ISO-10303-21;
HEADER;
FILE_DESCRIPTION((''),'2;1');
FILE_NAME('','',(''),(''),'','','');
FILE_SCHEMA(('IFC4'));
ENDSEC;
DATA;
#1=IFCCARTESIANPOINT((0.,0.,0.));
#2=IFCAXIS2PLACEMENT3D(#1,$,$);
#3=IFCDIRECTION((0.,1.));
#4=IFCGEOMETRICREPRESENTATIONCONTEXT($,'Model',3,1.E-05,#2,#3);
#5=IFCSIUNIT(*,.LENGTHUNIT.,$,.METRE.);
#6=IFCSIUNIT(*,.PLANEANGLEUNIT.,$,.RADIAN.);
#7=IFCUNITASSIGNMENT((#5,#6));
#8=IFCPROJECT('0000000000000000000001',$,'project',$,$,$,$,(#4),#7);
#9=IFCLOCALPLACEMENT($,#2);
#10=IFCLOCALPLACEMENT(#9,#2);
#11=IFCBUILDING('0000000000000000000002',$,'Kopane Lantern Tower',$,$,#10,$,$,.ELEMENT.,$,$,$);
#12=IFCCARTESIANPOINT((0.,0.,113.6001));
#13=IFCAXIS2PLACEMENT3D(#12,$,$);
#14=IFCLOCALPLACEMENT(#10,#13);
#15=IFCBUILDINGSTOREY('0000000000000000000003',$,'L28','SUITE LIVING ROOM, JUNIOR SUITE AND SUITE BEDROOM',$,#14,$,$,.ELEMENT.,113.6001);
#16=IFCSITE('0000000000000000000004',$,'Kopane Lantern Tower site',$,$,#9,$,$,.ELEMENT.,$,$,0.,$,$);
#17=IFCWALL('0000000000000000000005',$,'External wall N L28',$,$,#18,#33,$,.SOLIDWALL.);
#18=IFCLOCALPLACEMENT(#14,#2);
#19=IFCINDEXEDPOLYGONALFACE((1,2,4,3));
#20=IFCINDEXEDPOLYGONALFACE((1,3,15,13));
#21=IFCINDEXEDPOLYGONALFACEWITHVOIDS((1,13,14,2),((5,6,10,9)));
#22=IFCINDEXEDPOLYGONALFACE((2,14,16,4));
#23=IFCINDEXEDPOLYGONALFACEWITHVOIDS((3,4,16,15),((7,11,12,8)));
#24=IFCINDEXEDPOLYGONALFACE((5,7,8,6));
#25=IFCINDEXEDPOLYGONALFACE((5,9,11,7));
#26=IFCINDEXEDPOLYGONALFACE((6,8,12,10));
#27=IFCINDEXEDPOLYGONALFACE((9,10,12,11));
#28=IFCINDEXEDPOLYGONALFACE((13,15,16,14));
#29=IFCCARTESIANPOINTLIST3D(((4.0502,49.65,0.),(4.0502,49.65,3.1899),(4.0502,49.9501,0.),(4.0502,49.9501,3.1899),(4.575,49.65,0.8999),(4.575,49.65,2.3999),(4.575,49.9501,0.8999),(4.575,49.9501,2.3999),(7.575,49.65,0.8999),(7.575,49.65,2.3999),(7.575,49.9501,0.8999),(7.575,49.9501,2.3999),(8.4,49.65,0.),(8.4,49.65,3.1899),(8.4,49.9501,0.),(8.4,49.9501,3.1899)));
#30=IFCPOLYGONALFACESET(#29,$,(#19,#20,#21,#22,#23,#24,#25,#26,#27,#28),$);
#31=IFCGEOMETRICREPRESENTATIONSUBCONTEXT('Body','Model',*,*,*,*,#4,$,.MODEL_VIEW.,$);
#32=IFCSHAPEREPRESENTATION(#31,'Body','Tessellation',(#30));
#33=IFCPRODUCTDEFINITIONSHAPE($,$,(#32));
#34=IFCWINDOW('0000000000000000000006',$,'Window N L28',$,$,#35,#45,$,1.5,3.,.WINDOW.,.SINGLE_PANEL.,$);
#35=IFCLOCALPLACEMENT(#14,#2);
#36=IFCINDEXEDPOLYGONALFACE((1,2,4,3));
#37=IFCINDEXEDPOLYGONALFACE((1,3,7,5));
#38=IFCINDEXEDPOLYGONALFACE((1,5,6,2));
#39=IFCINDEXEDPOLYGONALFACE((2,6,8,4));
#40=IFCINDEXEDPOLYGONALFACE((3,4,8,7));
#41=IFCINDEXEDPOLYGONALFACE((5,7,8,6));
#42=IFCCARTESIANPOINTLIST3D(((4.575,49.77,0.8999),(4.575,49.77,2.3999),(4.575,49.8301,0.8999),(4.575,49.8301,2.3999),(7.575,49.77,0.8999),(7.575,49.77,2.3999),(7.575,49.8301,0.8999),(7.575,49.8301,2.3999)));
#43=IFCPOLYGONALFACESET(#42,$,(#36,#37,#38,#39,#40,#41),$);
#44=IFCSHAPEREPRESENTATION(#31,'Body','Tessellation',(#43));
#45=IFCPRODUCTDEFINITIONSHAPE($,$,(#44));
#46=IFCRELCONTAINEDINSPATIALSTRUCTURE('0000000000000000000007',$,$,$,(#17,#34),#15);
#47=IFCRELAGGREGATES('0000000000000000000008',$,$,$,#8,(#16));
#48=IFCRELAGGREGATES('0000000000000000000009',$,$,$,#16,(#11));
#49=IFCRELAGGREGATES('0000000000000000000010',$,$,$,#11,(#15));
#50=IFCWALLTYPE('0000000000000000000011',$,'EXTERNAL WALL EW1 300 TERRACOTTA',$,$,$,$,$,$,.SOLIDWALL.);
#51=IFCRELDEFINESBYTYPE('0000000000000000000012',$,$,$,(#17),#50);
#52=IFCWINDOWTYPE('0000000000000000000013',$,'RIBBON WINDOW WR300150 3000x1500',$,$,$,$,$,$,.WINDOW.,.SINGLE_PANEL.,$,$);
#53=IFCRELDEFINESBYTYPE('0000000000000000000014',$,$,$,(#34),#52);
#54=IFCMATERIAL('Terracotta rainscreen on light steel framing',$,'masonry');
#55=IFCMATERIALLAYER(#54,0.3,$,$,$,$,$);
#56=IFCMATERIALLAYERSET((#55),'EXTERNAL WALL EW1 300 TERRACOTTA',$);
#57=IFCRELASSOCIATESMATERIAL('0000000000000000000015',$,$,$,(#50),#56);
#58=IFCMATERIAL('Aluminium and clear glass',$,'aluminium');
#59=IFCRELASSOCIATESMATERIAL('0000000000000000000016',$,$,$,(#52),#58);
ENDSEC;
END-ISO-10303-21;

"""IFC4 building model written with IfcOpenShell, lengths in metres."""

from ifc_helpers import new_model, si_unit, direction, frame, frame_2d, origin, place, context, subcontext, project, spatial, rectangle, extrude, material, layer, layer_set, type_object, element, fill, save


model = new_model("IFC4")

# Units and contexts
model_context = context("Model", 3, precision=1e-05, world=origin(), true_north=direction((0.0, 1.0)))
body_context = subcontext(model_context, "Body", "Model", "MODEL_VIEW")
ifc_project = project(units=[si_unit("LENGTHUNIT", "METRE"), si_unit("PLANEANGLEUNIT", "RADIAN")], contexts=[model_context])

# Site, building, storey
site_placement = place(None, origin())
site = spatial("IfcSite", under=ifc_project, at=site_placement, Name="Kopane Lantern Tower site", CompositionType="ELEMENT", RefElevation=0.0)
building_placement = place(site_placement, origin())
building = spatial("IfcBuilding", under=site, at=building_placement, Name="Kopane Lantern Tower", CompositionType="ELEMENT")
storey_placement = place(building_placement, frame((0.0, 0.0, 113.6001)))
storey = spatial("IfcBuildingStorey", under=building, at=storey_placement, Name="L28", Description="SUITE LIVING ROOM, JUNIOR SUITE AND SUITE BEDROOM", CompositionType="ELEMENT", Elevation=113.6001)

# Wall, opening, window
ifc_material_1 = material(Name="Terracotta rainscreen on light steel framing", Category="masonry")
ifc_layer_1 = layer(ifc_material_1, 0.3)
ifc_layer_set_1 = layer_set([ifc_layer_1], Name="EXTERNAL WALL EW1 300 TERRACOTTA")
wall_type_1 = type_object("IfcWallType", Name="EXTERNAL WALL EW1 300 TERRACOTTA", PredefinedType="SOLIDWALL", material=ifc_layer_set_1)
ifc_material_2 = material(Name="Aluminium and clear glass", Category="aluminium")
window_type = type_object("IfcWindowType", Name="RIBBON WINDOW WR300150 3000x1500", PartitioningType="SINGLE_PANEL", PredefinedType="WINDOW", material=ifc_material_2)
wall_1_placement = place(storey_placement, frame((8.3999, 49.8, 0.0), z_axis=(0.0, 0.0, 1.0), x_axis=(-1.0, 0.0, 0.0)))
wall_1 = element("IfcWall", 1, at=wall_1_placement, inside=storey, type_object=wall_type_1, Name="External wall N L28", PredefinedType="SOLIDWALL", context=body_context, shape_type="SweptSolid", body=[
    extrude(rectangle(XDim=4.3499, YDim=0.3, at=frame_2d((2.1748, 0.0))), origin(), (0.0, 0.0, 1.0), 3.1899),
])
opening_1_placement = place(wall_1_placement, frame((0.825, 0.0, 0.8999)))
opening_1 = element("IfcOpeningElement", 2, at=opening_1_placement, cuts=wall_1, PredefinedType="OPENING", context=body_context, shape_type="SweptSolid", body=[
    extrude(rectangle(XDim=3.0, YDim=1.5, at=frame_2d((1.5, 0.75))), frame((0.0, 0.1599, 0.0), z_axis=(0.0, -1.0, 0.0), x_axis=(1.0, 0.0, 0.0)), (0.0, 0.0, 1.0), 0.3201),
])
window_1_placement = place(opening_1_placement, origin())
window_1 = element("IfcWindow", 3, at=window_1_placement, inside=storey, type_object=window_type, Name="Window N L28", OverallHeight=1.5, OverallWidth=3.0, PartitioningType="SINGLE_PANEL", PredefinedType="WINDOW", context=body_context, shape_type="SweptSolid", body=[
    extrude(rectangle(XDim=3.0, YDim=1.5, at=frame_2d((1.5, 0.75))), frame((0.0, 0.03, 0.0), z_axis=(0.0, -1.0, 0.0), x_axis=(1.0, 0.0, 0.0)), (0.0, 0.0, 1.0), 0.0601),
])
fill(opening_1, window_1)

save(model, "model.ifc")
